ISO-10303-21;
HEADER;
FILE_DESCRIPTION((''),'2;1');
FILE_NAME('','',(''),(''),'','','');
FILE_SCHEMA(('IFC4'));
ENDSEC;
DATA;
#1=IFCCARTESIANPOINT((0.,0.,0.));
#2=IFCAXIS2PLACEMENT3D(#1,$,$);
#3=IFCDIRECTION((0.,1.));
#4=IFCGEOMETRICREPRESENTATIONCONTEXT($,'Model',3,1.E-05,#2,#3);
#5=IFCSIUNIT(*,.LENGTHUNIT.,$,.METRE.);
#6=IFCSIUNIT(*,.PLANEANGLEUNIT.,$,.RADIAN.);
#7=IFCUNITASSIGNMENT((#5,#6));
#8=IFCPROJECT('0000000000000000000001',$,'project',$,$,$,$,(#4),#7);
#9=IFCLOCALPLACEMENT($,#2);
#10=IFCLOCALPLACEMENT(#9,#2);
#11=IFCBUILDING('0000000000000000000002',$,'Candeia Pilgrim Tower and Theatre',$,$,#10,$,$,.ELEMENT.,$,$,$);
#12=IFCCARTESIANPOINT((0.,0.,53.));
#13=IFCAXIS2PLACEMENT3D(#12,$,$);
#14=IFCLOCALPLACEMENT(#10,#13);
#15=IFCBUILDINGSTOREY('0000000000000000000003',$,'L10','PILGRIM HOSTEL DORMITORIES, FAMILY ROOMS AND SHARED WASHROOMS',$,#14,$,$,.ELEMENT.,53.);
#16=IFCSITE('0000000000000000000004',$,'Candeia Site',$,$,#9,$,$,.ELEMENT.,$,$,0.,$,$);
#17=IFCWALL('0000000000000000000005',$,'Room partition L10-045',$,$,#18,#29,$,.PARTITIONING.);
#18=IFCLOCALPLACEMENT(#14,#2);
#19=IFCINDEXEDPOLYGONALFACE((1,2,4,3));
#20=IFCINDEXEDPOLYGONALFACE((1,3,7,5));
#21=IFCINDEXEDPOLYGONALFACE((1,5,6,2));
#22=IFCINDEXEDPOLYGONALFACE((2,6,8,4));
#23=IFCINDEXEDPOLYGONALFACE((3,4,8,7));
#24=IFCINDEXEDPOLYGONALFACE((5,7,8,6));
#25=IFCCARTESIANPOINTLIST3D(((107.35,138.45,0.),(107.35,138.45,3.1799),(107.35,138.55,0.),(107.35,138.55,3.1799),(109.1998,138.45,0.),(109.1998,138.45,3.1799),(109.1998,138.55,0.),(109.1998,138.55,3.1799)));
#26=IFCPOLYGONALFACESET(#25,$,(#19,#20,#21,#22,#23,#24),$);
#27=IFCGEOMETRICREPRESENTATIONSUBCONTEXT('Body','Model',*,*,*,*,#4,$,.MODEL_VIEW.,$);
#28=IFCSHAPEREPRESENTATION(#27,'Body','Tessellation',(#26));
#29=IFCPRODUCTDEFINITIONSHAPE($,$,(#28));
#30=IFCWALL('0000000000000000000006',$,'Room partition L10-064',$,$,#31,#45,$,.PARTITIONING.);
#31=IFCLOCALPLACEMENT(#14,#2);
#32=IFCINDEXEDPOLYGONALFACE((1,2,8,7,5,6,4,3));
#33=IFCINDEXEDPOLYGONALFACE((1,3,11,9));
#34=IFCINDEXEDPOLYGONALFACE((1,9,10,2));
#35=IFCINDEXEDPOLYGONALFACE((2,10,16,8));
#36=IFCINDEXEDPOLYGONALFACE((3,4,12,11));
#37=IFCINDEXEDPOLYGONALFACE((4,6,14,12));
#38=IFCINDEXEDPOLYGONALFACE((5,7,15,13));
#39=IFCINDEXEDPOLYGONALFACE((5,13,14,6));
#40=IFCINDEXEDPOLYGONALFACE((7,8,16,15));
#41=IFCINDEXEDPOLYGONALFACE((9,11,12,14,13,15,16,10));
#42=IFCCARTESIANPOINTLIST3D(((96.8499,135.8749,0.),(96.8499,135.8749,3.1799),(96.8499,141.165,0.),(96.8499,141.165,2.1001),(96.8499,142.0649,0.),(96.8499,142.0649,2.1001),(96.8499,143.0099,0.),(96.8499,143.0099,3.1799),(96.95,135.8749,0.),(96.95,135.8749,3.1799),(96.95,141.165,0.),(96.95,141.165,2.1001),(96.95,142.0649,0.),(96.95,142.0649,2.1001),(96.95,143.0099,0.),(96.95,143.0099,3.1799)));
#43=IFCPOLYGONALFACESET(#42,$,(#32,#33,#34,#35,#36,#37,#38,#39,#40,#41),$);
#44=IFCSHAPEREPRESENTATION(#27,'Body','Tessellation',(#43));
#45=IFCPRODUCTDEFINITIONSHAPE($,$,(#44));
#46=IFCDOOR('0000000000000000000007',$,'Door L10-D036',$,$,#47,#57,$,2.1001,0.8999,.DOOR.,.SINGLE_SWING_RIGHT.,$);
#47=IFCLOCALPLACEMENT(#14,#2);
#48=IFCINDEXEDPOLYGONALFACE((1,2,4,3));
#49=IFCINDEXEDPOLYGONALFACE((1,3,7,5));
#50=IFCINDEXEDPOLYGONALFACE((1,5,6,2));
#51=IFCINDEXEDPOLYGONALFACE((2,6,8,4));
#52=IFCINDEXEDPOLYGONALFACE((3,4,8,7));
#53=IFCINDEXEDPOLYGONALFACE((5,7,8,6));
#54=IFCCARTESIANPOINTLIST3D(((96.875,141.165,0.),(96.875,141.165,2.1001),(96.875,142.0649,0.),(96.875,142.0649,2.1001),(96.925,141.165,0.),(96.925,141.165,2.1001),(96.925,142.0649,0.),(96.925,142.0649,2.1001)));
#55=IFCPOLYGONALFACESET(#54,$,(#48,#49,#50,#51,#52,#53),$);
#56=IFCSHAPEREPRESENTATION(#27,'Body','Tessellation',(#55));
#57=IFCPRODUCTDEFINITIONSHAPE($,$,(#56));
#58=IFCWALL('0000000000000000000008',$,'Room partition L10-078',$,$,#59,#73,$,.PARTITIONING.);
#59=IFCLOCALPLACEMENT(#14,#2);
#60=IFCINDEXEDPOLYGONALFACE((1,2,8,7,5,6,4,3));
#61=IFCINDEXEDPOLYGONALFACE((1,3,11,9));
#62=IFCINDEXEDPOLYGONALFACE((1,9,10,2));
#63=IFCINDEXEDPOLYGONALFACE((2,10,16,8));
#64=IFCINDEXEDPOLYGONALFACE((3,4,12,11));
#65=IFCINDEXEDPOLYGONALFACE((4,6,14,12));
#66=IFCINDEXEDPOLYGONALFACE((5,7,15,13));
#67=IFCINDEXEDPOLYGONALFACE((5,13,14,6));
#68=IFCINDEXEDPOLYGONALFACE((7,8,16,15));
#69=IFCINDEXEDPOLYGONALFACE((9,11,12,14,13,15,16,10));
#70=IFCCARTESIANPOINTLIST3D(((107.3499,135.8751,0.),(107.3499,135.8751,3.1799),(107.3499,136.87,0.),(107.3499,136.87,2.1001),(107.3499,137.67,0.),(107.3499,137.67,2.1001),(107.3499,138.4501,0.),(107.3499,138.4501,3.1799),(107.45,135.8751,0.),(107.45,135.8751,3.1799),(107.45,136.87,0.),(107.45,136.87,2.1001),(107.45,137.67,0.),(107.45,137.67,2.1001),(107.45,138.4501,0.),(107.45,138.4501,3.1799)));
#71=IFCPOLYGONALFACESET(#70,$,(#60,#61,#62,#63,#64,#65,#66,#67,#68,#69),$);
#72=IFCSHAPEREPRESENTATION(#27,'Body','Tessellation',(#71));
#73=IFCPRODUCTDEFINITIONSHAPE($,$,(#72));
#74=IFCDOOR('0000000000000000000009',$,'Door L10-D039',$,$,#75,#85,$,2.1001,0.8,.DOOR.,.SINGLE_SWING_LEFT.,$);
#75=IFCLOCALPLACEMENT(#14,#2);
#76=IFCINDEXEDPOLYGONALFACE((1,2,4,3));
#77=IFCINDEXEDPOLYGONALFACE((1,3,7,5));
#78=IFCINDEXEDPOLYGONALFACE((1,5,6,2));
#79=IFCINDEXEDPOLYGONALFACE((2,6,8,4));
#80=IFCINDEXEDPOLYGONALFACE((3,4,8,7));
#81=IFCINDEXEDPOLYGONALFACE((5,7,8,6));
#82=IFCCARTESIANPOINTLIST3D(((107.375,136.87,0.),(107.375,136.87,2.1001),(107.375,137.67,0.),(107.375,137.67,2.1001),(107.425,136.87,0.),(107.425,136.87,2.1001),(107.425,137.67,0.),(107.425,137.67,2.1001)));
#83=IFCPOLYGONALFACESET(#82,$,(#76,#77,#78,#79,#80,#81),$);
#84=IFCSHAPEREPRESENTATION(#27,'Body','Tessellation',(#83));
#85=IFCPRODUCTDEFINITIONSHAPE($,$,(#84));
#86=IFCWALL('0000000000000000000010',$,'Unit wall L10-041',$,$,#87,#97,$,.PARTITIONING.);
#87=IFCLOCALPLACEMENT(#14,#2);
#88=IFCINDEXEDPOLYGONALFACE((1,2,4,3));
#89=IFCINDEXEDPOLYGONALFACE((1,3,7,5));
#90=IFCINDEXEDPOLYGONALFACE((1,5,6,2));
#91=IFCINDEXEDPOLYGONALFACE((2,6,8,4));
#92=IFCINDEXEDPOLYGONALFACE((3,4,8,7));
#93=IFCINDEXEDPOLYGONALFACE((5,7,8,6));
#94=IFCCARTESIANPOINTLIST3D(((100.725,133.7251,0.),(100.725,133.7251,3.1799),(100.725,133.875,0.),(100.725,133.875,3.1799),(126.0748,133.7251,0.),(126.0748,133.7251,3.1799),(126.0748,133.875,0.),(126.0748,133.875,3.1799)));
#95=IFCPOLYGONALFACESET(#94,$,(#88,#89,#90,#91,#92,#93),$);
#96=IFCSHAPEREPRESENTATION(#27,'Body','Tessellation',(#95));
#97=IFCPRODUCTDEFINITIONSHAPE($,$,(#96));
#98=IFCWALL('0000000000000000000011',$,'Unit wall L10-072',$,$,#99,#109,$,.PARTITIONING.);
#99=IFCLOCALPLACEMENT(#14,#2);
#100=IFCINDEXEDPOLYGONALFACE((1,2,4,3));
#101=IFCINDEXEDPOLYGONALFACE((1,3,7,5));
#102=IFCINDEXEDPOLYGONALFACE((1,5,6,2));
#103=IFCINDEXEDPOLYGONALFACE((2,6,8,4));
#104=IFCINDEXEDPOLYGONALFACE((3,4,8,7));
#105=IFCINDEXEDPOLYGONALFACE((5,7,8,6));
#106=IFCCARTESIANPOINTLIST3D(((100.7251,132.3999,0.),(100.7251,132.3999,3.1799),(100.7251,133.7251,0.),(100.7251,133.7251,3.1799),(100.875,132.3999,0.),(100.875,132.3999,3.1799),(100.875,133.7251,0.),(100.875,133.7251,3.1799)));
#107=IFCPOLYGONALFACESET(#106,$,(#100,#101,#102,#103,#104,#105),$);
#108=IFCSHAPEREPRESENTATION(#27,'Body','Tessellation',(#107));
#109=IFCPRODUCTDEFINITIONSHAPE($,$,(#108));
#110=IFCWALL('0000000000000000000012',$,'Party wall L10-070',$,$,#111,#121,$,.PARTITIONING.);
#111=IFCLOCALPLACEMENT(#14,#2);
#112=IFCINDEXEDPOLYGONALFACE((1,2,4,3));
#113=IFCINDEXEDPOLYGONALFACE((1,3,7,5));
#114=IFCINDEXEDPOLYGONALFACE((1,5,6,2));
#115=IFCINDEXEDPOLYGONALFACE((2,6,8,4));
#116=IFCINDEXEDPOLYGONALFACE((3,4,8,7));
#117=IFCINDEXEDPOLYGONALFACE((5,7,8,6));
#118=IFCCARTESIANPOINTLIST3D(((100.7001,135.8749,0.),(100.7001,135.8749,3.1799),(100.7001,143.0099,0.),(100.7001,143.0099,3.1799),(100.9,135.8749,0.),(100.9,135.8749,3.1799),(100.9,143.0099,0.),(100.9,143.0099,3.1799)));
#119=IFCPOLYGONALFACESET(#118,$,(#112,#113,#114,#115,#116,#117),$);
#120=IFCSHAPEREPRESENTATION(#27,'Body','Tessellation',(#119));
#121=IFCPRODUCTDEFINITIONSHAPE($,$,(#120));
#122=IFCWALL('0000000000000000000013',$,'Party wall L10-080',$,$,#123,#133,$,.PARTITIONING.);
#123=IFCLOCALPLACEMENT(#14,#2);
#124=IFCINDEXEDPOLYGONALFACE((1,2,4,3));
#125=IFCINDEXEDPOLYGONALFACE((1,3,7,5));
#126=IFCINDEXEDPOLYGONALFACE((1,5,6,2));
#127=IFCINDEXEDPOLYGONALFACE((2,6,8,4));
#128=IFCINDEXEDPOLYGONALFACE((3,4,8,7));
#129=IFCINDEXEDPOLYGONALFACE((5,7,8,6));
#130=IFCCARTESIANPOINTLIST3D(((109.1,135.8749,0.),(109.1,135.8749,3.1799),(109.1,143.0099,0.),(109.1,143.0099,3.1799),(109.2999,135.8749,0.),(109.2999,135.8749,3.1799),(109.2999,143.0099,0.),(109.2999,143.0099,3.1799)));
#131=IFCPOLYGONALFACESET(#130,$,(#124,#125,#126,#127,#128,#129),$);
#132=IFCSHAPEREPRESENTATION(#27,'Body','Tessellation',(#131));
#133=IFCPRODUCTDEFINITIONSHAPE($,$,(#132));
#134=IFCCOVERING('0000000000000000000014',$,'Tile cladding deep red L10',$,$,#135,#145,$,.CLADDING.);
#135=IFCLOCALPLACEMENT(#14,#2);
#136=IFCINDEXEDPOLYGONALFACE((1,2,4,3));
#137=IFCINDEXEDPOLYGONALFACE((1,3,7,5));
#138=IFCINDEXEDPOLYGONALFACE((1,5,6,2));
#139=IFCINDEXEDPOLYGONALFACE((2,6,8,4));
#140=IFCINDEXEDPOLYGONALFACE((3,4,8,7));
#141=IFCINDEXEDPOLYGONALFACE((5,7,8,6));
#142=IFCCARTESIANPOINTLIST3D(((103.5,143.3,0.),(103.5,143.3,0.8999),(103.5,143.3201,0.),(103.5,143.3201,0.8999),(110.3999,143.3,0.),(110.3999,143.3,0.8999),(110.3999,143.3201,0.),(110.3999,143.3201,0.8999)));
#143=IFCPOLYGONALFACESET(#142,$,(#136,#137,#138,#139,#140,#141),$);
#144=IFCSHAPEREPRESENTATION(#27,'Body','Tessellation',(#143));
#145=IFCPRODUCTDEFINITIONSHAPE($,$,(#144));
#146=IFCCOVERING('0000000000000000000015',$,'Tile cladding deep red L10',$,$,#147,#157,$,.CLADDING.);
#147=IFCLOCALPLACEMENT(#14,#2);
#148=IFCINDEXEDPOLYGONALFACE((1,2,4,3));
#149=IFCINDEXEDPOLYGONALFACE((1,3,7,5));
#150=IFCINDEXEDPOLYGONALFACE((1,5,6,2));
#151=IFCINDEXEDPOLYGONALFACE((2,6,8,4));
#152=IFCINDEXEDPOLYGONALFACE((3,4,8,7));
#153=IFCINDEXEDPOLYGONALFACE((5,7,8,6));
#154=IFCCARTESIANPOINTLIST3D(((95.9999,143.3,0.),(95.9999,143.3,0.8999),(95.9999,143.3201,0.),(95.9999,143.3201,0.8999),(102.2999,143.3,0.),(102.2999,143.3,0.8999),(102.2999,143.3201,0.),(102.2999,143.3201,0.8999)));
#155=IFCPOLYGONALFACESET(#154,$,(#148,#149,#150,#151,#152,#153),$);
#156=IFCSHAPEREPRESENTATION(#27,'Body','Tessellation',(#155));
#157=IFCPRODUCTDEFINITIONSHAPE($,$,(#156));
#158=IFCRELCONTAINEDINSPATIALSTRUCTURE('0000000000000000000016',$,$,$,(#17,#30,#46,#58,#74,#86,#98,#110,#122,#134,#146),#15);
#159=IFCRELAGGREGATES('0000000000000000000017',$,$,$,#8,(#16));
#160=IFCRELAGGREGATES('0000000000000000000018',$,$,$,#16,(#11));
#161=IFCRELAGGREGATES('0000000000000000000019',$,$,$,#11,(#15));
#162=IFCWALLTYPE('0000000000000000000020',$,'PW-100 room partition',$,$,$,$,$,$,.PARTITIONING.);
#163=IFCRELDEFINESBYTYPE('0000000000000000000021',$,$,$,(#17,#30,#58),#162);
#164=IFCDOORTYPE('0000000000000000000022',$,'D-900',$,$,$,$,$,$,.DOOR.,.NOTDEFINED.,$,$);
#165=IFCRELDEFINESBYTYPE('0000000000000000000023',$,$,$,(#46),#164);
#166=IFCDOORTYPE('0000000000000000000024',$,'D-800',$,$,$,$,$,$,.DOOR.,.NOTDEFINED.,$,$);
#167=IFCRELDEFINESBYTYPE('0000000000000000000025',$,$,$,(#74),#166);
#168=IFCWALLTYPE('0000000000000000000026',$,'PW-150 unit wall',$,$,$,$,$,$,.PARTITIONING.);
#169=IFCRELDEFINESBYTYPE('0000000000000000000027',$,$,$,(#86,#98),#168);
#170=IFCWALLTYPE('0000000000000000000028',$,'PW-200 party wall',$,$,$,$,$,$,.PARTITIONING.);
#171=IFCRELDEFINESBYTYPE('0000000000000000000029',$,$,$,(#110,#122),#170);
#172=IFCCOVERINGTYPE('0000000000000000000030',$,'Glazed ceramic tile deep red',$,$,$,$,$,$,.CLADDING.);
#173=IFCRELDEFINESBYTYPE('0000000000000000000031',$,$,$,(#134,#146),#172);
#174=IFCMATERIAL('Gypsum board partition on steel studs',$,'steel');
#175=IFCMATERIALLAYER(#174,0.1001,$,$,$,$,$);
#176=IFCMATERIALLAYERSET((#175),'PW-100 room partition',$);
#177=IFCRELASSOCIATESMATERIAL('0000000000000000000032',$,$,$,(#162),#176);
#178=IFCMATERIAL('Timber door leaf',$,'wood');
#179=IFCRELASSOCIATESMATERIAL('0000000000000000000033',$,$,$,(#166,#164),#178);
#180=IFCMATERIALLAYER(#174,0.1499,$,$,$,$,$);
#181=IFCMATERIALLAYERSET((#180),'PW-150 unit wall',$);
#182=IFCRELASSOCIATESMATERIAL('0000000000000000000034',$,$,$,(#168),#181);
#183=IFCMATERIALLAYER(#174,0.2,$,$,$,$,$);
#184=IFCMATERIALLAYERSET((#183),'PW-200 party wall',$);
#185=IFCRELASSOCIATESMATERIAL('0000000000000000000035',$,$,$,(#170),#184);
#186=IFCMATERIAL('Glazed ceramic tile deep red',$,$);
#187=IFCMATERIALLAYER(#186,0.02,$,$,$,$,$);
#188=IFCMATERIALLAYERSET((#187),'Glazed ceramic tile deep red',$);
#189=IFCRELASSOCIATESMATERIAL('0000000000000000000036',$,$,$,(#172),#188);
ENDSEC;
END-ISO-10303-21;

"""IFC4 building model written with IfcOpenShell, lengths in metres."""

from ifc_helpers import new_model, si_unit, direction, frame, frame_2d, origin, origin_2d, place, context, subcontext, project, spatial, rectangle, extrude, material, layer, layer_set, type_object, element, fill, save


model = new_model("IFC4")

# Units and contexts
model_context = context("Model", 3, precision=1e-05, world=origin(), true_north=direction((0.0, 1.0)))
body_context = subcontext(model_context, "Body", "Model", "MODEL_VIEW")
ifc_project = project(units=[si_unit("LENGTHUNIT", "METRE"), si_unit("PLANEANGLEUNIT", "RADIAN")], contexts=[model_context])

# Site, building, storey
site_placement = place(None, origin())
site = spatial("IfcSite", under=ifc_project, at=site_placement, Name="Candeia Site", CompositionType="ELEMENT", RefElevation=0.0)
building_placement = place(site_placement, origin())
building = spatial("IfcBuilding", under=site, at=building_placement, Name="Candeia Pilgrim Tower and Theatre", CompositionType="ELEMENT")
storey_placement = place(building_placement, frame((0.0, 0.0, 53.0)))
storey = spatial("IfcBuildingStorey", under=building, at=storey_placement, Name="L10", Description="PILGRIM HOSTEL DORMITORIES, FAMILY ROOMS AND SHARED WASHROOMS", CompositionType="ELEMENT", Elevation=53.0)

# Shared definitions
ifc_material_1 = material(Name="Gypsum board partition on steel studs", Category="steel")
ifc_layer_1 = layer(ifc_material_1, 0.1001)
ifc_layer_set_1 = layer_set([ifc_layer_1], Name="PW-100 room partition")
wall_type_1 = type_object("IfcWallType", Name="PW-100 room partition", PredefinedType="PARTITIONING", material=ifc_layer_set_1)
ifc_material_2 = material(Name="Timber door leaf", Category="wood")
door_type_1 = type_object("IfcDoorType", Name="D-800", OperationType="NOTDEFINED", PredefinedType="DOOR", material=ifc_material_2)

# Wall
wall_1_placement = place(storey_placement, frame((107.3501, 138.5, 0.0), z_axis=(0.0, 0.0, 1.0), x_axis=(1.0, 0.0, 0.0)))
element("IfcWall", 1, at=wall_1_placement, inside=storey, type_object=wall_type_1, Name="Room partition L10-045", PredefinedType="PARTITIONING", context=body_context, shape_type="SweptSolid", body=[
    extrude(rectangle(XDim=1.8499, YDim=0.1001, at=frame_2d((0.9248, 0.0))), origin(), (0.0, 0.0, 1.0), 3.1799),
])

# Walls, openings, doors
wall_2_placement = place(storey_placement, frame((96.8999, 135.875, 0.0), z_axis=(0.0, 0.0, 1.0), x_axis=(0.0, 1.0, 0.0)))
wall_2 = element("IfcWall", 2, at=wall_2_placement, inside=storey, type_object=wall_type_1, Name="Room partition L10-064", PredefinedType="PARTITIONING", context=body_context, shape_type="SweptSolid", body=[
    extrude(rectangle(XDim=7.135, YDim=0.1001, at=frame_2d((3.5674, 0.0))), origin(), (0.0, 0.0, 1.0), 3.1799),
])
opening_1_placement = place(wall_2_placement, frame((5.29, 0.0, 0.0)))
opening_1 = element("IfcOpeningElement", 3, at=opening_1_placement, cuts=wall_2, PredefinedType="OPENING", context=body_context, shape_type="SweptSolid", body=[
    extrude(rectangle(XDim=0.8999, YDim=2.1001, at=frame_2d((0.45, 1.05))), frame((0.0, 0.0601, 0.0), z_axis=(0.0, -1.0, 0.0), x_axis=(1.0, 0.0, 0.0)), (0.0, 0.0, 1.0), 0.1201),
])
door_type_2 = type_object("IfcDoorType", Name="D-900", OperationType="NOTDEFINED", PredefinedType="DOOR", material=ifc_material_2)
door_1_placement = place(opening_1_placement, origin())
door_1 = element("IfcDoor", 4, at=door_1_placement, inside=storey, type_object=door_type_2, Name="Door L10-D036", OperationType="SINGLE_SWING_RIGHT", OverallHeight=2.1001, OverallWidth=0.8999, PredefinedType="DOOR", context=body_context, shape_type="SweptSolid", body=[
    extrude(rectangle(XDim=0.8999, YDim=2.1001, at=frame_2d((0.45, 1.05))), frame((0.0, 0.0249, 0.0), z_axis=(0.0, -1.0, 0.0), x_axis=(1.0, 0.0, 0.0)), (0.0, 0.0, 1.0), 0.05),
])
fill(opening_1, door_1)
wall_3_placement = place(storey_placement, frame((107.3999, 135.875, 0.0), z_axis=(0.0, 0.0, 1.0), x_axis=(0.0, 1.0, 0.0)))
wall_3 = element("IfcWall", 5, at=wall_3_placement, inside=storey, type_object=wall_type_1, Name="Room partition L10-078", PredefinedType="PARTITIONING", context=body_context, shape_type="SweptSolid", body=[
    extrude(rectangle(XDim=2.575, YDim=0.1001, at=frame_2d((1.2876, 0.0))), origin(), (0.0, 0.0, 1.0), 3.1799),
])
opening_2_placement = place(wall_3_placement, frame((0.9951, 0.0, 0.0)))
opening_2 = element("IfcOpeningElement", 6, at=opening_2_placement, cuts=wall_3, PredefinedType="OPENING", context=body_context, shape_type="SweptSolid", body=[
    extrude(rectangle(XDim=0.8, YDim=2.1001, at=frame_2d((0.3999, 1.05))), frame((0.0, 0.0601, 0.0), z_axis=(0.0, -1.0, 0.0), x_axis=(1.0, 0.0, 0.0)), (0.0, 0.0, 1.0), 0.1201),
])
door_2_placement = place(opening_2_placement, origin())
door_2 = element("IfcDoor", 7, at=door_2_placement, inside=storey, type_object=door_type_1, Name="Door L10-D039", OperationType="SINGLE_SWING_LEFT", OverallHeight=2.1001, OverallWidth=0.8, PredefinedType="DOOR", context=body_context, shape_type="SweptSolid", body=[
    extrude(rectangle(XDim=0.8, YDim=2.1001, at=frame_2d((0.3999, 1.05))), frame((0.0, 0.0249, 0.0), z_axis=(0.0, -1.0, 0.0), x_axis=(1.0, 0.0, 0.0)), (0.0, 0.0, 1.0), 0.05),
])
fill(opening_2, door_2)

# Walls
ifc_layer_2 = layer(ifc_material_1, 0.1499)
ifc_layer_set_2 = layer_set([ifc_layer_2], Name="PW-150 unit wall")
wall_type_2 = type_object("IfcWallType", Name="PW-150 unit wall", PredefinedType="PARTITIONING", material=ifc_layer_set_2)
wall_4_placement = place(storey_placement, frame((100.7251, 133.8, 0.0), z_axis=(0.0, 0.0, 1.0), x_axis=(1.0, 0.0, 0.0)))
element("IfcWall", 8, at=wall_4_placement, inside=storey, type_object=wall_type_2, Name="Unit wall L10-041", PredefinedType="PARTITIONING", context=body_context, shape_type="SweptSolid", body=[
    extrude(rectangle(XDim=25.3499, YDim=0.1499, at=frame_2d((12.6748, 0.0))), origin(), (0.0, 0.0, 1.0), 3.1799),
])
wall_5_placement = place(storey_placement, frame((100.8, 132.3999, 0.0), z_axis=(0.0, 0.0, 1.0), x_axis=(0.0, 1.0, 0.0)))
element("IfcWall", 9, at=wall_5_placement, inside=storey, type_object=wall_type_2, Name="Unit wall L10-072", PredefinedType="PARTITIONING", context=body_context, shape_type="SweptSolid", body=[
    extrude(rectangle(XDim=1.3252, YDim=0.1499, at=frame_2d((0.6626, 0.0))), origin(), (0.0, 0.0, 1.0), 3.1799),
])
ifc_layer_3 = layer(ifc_material_1, 0.2)
ifc_layer_set_3 = layer_set([ifc_layer_3], Name="PW-200 party wall")
wall_type_3 = type_object("IfcWallType", Name="PW-200 party wall", PredefinedType="PARTITIONING", material=ifc_layer_set_3)
for number, where, z_axis, x_axis, name in (
    (10, (100.8, 135.875, 0.0), (0.0, 0.0, 1.0), (0.0, 1.0, 0.0), "Party wall L10-070"),
    (11, (109.2, 135.875, 0.0), (0.0, 0.0, 1.0), (0.0, 1.0, 0.0), "Party wall L10-080"),
):
    element("IfcWall", number, at=place(storey_placement, frame(where, z_axis=z_axis, x_axis=x_axis)), inside=storey, type_object=wall_type_3, Name=name, PredefinedType="PARTITIONING", context=body_context, shape_type="SweptSolid", body=[
        extrude(rectangle(XDim=7.135, YDim=0.2, at=frame_2d((3.5674, 0.0))), origin(), (0.0, 0.0, 1.0), 3.1799),
    ])

# Coverings
ifc_material_3 = material(Name="Glazed ceramic tile deep red")
ifc_layer_4 = layer(ifc_material_3, 0.02)
ifc_layer_set_4 = layer_set([ifc_layer_4], Name="Glazed ceramic tile deep red")
covering_type = type_object("IfcCoveringType", Name="Glazed ceramic tile deep red", PredefinedType="CLADDING", material=ifc_layer_set_4)
covering_1_placement = place(storey_placement, frame((106.95, 143.3101, 0.0), z_axis=(0.0, 0.0, 1.0), x_axis=(-1.0, 0.0, 0.0)))
element("IfcCovering", 12, at=covering_1_placement, inside=storey, type_object=covering_type, Name="Tile cladding deep red L10", PredefinedType="CLADDING", context=body_context, shape_type="SweptSolid", body=[
    extrude(rectangle(XDim=6.8999, YDim=0.02, at=origin_2d()), origin(), (0.0, 0.0, 1.0), 0.8999),
])
covering_2_placement = place(storey_placement, frame((99.1499, 143.3101, 0.0), z_axis=(0.0, 0.0, 1.0), x_axis=(-1.0, 0.0, 0.0)))
element("IfcCovering", 13, at=covering_2_placement, inside=storey, type_object=covering_type, Name="Tile cladding deep red L10", PredefinedType="CLADDING", context=body_context, shape_type="SweptSolid", body=[
    extrude(rectangle(XDim=6.3, YDim=0.02, at=origin_2d()), origin(), (0.0, 0.0, 1.0), 0.8999),
])

save(model, "model.ifc")
